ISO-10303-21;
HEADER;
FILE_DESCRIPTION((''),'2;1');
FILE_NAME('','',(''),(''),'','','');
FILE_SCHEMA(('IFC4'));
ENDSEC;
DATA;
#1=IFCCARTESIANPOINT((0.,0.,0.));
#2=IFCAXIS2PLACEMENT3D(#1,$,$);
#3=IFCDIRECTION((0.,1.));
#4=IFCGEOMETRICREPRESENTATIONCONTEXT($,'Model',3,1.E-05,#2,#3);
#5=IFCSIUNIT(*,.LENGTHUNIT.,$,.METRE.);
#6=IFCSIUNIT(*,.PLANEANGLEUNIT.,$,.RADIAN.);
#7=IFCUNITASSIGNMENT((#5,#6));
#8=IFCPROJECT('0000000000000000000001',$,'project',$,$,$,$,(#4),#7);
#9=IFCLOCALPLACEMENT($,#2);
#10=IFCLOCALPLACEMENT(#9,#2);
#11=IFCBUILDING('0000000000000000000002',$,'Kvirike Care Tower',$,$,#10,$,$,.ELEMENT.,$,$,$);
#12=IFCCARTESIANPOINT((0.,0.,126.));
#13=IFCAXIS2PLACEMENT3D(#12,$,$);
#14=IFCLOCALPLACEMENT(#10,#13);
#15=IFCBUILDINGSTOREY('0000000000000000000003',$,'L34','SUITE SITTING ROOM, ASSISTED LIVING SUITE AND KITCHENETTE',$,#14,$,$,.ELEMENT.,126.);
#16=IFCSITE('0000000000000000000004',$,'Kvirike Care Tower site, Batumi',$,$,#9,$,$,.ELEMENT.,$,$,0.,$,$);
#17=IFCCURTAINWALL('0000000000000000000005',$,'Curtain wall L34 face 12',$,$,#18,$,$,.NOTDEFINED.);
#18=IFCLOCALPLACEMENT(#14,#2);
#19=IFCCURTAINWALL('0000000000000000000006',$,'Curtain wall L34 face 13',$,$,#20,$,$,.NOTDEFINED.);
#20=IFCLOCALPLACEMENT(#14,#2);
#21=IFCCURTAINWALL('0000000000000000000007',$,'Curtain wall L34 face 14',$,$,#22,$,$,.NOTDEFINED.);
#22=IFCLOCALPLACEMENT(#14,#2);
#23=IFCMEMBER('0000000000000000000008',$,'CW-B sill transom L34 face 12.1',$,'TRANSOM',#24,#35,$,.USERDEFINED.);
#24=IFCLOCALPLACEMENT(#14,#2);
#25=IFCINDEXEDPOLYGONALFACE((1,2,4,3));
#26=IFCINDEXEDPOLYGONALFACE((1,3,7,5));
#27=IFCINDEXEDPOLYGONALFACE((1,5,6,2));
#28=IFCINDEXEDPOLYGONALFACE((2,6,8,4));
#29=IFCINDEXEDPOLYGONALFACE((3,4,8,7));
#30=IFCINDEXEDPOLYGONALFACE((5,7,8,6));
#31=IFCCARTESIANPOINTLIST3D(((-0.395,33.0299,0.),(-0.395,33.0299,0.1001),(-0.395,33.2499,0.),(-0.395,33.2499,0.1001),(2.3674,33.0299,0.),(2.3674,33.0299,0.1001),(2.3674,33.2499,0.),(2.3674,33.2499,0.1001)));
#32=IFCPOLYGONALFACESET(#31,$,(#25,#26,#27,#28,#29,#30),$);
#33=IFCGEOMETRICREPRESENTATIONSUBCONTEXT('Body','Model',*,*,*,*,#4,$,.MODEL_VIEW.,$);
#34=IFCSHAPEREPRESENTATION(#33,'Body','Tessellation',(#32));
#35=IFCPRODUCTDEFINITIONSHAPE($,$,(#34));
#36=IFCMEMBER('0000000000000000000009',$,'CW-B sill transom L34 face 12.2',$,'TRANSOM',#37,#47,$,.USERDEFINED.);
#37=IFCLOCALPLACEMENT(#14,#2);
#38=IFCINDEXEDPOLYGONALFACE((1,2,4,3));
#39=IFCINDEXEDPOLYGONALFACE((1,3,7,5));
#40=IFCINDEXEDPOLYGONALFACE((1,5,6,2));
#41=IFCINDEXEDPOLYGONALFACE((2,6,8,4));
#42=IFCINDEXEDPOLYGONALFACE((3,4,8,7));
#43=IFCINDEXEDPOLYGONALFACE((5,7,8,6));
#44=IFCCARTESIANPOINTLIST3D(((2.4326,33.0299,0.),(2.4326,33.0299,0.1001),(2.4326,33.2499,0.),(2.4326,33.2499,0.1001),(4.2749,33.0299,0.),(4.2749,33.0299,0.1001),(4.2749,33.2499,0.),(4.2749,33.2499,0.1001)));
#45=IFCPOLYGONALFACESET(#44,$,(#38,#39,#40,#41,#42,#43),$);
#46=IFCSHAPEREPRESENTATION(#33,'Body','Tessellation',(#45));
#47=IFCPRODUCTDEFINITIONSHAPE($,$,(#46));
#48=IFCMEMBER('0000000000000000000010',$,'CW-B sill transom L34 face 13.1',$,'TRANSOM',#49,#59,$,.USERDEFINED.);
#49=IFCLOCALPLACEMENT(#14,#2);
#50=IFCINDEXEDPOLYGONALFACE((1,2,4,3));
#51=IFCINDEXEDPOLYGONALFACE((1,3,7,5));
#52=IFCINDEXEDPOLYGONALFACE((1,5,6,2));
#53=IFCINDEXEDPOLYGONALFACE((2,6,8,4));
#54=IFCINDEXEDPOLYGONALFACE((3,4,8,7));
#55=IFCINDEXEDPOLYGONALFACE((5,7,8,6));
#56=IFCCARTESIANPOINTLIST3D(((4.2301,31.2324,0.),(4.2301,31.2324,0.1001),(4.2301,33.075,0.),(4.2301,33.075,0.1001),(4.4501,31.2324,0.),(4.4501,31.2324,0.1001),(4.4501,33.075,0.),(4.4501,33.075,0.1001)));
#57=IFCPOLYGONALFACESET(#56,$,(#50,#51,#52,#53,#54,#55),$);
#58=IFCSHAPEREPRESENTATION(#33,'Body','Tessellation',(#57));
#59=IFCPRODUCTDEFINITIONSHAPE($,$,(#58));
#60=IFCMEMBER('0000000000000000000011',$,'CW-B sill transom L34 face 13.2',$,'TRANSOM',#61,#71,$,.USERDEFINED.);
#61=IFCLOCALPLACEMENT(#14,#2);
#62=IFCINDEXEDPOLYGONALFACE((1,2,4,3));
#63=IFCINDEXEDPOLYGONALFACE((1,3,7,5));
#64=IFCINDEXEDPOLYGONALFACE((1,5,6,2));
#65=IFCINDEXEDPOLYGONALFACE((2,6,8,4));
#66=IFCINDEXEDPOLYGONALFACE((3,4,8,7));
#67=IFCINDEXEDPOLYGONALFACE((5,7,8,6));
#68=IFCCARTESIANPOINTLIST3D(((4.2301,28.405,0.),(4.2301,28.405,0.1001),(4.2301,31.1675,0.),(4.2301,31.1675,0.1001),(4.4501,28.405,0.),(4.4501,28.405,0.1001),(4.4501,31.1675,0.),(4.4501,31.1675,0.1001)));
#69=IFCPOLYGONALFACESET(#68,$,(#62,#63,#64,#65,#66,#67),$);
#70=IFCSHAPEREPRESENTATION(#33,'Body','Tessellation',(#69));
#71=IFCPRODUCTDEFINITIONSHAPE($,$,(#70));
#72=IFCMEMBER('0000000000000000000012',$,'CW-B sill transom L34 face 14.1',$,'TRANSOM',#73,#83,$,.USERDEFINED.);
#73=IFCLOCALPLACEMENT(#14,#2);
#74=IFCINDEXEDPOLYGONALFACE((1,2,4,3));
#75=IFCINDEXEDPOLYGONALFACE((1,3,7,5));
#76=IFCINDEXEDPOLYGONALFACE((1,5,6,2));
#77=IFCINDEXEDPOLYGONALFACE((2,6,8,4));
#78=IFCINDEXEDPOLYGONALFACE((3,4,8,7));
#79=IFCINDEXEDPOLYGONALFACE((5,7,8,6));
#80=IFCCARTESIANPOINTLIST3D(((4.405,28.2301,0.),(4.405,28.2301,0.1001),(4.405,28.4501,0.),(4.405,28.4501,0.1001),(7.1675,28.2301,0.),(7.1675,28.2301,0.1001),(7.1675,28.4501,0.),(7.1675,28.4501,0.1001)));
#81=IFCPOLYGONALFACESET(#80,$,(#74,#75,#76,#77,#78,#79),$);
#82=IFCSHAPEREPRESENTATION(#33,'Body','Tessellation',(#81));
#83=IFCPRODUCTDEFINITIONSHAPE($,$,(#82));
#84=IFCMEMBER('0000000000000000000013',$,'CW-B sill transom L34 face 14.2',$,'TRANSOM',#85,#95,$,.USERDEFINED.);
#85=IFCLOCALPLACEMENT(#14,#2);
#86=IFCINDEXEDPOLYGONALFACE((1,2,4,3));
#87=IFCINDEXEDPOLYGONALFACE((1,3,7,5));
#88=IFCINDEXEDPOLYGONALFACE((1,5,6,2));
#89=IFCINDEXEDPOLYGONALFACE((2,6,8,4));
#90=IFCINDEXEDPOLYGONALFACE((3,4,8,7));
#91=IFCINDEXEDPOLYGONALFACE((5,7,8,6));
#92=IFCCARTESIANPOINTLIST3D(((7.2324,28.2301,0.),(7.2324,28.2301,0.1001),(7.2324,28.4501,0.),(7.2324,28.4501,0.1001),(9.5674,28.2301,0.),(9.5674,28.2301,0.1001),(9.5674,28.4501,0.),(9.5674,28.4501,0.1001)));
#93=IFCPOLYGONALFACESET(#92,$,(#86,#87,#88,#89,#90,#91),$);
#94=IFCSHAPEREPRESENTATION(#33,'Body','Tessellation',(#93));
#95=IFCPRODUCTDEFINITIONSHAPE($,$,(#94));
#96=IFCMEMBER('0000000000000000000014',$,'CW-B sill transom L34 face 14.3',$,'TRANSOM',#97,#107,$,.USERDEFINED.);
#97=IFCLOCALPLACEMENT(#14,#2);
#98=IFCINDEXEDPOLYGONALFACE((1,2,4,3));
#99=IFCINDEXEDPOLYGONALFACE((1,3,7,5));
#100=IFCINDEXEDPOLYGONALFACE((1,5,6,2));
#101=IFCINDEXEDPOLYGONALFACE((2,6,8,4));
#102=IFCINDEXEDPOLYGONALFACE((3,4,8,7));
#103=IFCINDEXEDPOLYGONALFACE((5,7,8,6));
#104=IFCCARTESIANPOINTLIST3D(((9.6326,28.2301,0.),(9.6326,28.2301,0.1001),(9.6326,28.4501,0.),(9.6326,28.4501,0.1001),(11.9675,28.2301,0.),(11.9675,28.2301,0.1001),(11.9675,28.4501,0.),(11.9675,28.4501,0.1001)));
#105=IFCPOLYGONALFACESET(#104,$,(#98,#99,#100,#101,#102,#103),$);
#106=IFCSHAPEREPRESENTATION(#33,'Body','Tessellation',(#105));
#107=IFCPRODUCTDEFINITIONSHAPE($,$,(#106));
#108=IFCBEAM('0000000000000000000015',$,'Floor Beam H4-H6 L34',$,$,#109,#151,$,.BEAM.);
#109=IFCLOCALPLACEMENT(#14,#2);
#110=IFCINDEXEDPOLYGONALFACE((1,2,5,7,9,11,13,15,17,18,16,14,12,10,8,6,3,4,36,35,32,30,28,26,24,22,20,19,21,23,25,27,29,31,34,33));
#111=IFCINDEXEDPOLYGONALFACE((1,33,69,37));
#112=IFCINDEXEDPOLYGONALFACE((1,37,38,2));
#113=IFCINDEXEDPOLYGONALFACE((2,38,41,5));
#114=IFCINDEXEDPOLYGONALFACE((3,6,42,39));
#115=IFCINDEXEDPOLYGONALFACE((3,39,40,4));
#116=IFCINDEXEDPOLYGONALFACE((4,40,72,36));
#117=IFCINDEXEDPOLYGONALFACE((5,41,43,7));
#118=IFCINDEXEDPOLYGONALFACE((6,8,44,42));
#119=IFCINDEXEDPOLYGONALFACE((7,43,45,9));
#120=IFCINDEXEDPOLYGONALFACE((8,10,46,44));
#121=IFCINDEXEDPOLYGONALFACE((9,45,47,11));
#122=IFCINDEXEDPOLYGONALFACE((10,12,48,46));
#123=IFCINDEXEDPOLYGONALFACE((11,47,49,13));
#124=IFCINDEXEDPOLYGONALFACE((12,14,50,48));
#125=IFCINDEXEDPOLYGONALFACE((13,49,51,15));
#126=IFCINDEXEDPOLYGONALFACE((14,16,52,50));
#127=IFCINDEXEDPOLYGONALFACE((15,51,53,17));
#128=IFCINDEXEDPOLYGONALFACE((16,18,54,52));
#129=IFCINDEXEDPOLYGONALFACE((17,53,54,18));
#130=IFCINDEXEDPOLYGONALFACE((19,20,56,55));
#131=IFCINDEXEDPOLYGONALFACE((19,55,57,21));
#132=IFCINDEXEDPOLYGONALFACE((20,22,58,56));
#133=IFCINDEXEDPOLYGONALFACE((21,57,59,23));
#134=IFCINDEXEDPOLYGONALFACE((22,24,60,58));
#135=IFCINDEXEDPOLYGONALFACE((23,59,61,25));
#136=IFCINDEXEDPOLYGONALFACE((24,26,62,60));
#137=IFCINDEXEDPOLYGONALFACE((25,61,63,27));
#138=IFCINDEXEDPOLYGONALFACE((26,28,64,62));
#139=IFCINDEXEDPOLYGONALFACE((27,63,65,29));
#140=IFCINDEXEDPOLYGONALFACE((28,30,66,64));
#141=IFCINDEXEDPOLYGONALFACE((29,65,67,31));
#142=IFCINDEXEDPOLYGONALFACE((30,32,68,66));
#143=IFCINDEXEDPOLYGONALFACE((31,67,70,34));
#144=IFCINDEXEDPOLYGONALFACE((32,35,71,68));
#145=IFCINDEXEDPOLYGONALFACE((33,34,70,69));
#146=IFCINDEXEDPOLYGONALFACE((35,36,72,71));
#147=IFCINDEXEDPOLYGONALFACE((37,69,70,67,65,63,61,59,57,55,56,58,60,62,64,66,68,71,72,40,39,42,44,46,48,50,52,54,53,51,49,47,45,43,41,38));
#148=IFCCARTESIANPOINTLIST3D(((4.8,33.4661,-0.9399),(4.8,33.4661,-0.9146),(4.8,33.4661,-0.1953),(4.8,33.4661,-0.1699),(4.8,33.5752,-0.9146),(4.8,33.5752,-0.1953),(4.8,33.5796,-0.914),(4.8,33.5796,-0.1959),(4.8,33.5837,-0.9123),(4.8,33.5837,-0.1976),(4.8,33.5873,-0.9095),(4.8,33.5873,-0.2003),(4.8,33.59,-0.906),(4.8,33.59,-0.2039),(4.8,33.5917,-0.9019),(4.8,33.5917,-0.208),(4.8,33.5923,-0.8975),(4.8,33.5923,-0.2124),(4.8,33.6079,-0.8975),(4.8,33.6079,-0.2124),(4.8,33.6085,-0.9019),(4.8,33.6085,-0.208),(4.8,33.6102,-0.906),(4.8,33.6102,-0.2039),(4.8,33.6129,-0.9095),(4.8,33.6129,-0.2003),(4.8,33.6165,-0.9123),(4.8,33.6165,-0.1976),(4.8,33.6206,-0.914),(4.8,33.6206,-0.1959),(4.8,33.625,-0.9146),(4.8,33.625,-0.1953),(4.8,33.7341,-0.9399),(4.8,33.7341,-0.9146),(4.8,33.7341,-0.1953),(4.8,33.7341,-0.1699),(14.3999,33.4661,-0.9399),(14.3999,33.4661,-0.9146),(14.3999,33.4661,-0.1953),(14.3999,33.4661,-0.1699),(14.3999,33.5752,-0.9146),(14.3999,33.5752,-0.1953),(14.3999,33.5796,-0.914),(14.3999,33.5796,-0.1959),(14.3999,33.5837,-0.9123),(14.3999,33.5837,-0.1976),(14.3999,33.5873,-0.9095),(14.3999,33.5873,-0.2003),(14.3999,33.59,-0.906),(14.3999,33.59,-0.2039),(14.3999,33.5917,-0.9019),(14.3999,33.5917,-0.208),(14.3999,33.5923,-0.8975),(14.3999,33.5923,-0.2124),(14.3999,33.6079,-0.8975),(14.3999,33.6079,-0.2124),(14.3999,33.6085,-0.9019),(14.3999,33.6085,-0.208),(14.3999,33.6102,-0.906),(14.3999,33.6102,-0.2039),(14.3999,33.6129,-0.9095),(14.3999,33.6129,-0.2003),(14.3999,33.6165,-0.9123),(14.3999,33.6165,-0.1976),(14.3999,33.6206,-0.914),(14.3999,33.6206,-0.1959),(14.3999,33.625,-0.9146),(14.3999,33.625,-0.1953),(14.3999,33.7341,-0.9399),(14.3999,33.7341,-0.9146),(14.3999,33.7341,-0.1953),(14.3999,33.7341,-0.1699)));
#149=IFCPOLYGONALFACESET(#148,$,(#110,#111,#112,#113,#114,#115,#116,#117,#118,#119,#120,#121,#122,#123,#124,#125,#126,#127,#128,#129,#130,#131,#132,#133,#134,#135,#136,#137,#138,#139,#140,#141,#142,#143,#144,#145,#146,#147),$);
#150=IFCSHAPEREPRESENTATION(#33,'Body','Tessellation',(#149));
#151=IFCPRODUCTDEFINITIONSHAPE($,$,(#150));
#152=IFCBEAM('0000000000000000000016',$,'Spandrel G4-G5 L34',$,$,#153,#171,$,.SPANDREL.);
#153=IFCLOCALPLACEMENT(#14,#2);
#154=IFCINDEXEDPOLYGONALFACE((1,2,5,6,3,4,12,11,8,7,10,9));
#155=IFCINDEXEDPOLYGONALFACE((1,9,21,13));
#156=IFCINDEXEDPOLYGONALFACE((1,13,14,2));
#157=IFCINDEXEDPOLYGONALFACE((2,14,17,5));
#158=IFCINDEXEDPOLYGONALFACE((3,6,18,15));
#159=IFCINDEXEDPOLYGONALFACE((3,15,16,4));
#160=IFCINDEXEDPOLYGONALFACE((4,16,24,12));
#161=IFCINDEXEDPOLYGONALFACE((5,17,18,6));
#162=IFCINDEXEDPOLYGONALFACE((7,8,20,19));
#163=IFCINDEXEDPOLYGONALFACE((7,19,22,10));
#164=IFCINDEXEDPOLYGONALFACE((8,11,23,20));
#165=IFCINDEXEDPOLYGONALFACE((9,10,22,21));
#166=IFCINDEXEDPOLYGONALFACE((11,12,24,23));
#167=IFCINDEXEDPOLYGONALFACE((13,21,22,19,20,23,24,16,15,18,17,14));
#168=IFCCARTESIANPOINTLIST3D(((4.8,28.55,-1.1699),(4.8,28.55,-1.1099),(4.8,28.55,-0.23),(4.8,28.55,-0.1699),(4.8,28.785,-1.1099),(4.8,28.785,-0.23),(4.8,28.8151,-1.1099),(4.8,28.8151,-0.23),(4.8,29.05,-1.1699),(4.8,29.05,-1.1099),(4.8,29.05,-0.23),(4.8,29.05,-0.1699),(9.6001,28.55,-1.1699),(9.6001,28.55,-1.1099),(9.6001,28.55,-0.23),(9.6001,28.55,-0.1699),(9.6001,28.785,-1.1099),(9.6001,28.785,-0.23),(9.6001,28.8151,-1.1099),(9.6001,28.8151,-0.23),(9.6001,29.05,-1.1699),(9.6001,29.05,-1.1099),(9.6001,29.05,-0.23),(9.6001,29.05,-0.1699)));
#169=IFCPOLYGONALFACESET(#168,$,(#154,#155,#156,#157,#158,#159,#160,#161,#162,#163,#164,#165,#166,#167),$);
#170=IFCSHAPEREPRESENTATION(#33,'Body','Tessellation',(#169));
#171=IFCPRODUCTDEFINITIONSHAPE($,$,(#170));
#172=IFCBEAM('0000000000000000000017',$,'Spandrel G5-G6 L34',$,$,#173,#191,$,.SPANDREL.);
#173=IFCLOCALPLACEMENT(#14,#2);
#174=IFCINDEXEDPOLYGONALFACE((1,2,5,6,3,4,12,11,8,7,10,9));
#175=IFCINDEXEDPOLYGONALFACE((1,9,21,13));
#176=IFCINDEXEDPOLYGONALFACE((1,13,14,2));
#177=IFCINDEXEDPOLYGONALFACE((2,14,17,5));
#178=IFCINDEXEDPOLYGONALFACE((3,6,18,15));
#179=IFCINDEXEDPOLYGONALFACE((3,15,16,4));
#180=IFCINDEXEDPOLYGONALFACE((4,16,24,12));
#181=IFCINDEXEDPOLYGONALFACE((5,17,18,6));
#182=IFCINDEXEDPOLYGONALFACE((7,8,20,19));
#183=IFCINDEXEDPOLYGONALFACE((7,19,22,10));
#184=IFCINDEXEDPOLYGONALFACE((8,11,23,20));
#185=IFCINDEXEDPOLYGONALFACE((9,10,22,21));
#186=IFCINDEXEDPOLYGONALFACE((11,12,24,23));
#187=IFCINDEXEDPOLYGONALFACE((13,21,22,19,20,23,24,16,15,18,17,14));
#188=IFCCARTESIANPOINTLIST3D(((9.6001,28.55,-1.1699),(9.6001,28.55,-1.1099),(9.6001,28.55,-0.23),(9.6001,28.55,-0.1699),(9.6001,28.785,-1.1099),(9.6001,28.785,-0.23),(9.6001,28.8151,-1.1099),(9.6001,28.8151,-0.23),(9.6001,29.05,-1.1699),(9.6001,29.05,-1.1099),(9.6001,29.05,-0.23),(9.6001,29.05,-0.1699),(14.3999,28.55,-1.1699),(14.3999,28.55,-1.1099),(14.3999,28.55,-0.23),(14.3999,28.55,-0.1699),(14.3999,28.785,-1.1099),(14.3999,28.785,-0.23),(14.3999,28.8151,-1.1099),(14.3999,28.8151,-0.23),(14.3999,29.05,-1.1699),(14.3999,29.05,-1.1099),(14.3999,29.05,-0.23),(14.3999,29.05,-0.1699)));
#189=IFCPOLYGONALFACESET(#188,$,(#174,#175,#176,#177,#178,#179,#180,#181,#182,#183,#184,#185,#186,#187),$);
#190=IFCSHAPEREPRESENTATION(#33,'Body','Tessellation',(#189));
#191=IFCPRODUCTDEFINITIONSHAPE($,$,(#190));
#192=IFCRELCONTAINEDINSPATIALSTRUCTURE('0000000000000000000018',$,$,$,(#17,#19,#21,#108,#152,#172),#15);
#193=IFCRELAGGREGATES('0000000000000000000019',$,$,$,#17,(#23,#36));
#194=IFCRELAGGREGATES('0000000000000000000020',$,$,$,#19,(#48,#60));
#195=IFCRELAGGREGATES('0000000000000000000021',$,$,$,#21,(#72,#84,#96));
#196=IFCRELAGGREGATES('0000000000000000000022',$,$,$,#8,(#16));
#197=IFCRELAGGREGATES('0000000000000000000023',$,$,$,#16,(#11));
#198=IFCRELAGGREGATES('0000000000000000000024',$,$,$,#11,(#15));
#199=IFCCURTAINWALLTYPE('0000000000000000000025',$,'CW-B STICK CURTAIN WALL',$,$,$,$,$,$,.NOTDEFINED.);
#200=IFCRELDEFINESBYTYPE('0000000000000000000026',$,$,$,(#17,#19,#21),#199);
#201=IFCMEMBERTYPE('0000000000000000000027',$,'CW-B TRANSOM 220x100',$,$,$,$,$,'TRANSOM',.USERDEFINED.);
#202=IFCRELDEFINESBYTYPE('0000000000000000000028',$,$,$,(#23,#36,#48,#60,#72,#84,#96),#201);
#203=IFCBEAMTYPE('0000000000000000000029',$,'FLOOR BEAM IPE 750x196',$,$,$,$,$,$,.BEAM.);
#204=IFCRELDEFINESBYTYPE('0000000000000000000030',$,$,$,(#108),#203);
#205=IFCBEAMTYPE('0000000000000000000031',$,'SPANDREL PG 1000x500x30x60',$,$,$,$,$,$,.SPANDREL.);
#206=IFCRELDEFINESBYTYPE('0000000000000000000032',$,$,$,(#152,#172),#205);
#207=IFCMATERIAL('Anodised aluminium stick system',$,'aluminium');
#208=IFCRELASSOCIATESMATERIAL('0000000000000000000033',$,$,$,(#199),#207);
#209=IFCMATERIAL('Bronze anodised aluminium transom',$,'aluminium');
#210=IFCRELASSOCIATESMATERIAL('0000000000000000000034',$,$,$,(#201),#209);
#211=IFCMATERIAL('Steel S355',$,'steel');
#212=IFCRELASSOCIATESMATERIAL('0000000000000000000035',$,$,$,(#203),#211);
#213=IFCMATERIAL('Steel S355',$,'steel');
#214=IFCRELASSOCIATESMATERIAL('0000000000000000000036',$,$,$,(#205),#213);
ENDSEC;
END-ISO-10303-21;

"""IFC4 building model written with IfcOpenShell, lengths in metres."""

from ifc_helpers import new_model, si_unit, direction, frame, origin, origin_2d, place, context, subcontext, project, spatial, rectangle, i_section, extrude, material, material_profile, profile_set, type_object, element, aggregate, save


model = new_model("IFC4")

# Units and contexts
model_context = context("Model", 3, precision=1e-05, world=origin(), true_north=direction((0.0, 1.0)))
body_context = subcontext(model_context, "Body", "Model", "MODEL_VIEW")
ifc_project = project(units=[si_unit("LENGTHUNIT", "METRE"), si_unit("PLANEANGLEUNIT", "RADIAN")], contexts=[model_context])

# Site, building, storey
site_placement = place(None, origin())
site = spatial("IfcSite", under=ifc_project, at=site_placement, Name="Kvirike Care Tower site, Batumi", CompositionType="ELEMENT", RefElevation=0.0)
building_placement = place(site_placement, origin())
building = spatial("IfcBuilding", under=site, at=building_placement, Name="Kvirike Care Tower", CompositionType="ELEMENT")
storey_placement = place(building_placement, frame((0.0, 0.0, 126.0)))
storey = spatial("IfcBuildingStorey", under=building, at=storey_placement, Name="L34", Description="SUITE SITTING ROOM, ASSISTED LIVING SUITE AND KITCHENETTE", CompositionType="ELEMENT", Elevation=126.0)

# Shared definitions
ifc_material_1 = material(Name="Anodised aluminium stick system", Category="aluminium")
curtain_wall_type = type_object("IfcCurtainWallType", Name="CW-B STICK CURTAIN WALL", PredefinedType="NOTDEFINED", material=ifc_material_1)

# Curtain walls
curtain_wall_1_placement = place(storey_placement, origin())
curtain_wall_1 = element("IfcCurtainWall", 1, at=curtain_wall_1_placement, inside=storey, type_object=curtain_wall_type, Name="Curtain wall L34 face 12", PredefinedType="NOTDEFINED")
curtain_wall_2_placement = place(storey_placement, origin())
curtain_wall_2 = element("IfcCurtainWall", 2, at=curtain_wall_2_placement, inside=storey, type_object=curtain_wall_type, Name="Curtain wall L34 face 13", PredefinedType="NOTDEFINED")
curtain_wall_3_placement = place(storey_placement, origin())
curtain_wall_3 = element("IfcCurtainWall", 3, at=curtain_wall_3_placement, inside=storey, type_object=curtain_wall_type, Name="Curtain wall L34 face 14", PredefinedType="NOTDEFINED")

# Members
ifc_material_2 = material(Name="Bronze anodised aluminium transom", Category="aluminium")
ifc_material_profile_1 = material_profile(ifc_material_2, rectangle(XDim=0.22, YDim=0.1001, at=origin_2d()), Name="CW-B TRANSOM 220x100")
ifc_profile_set_1 = profile_set([ifc_material_profile_1], Name="Bronze anodised aluminium transom")
member_type_1 = type_object("IfcMemberType", Name="CW-B TRANSOM 220x100", ElementType="TRANSOM", PredefinedType="USERDEFINED", material=ifc_profile_set_1)
member_1_placement = place(storey_placement, frame((-0.395, 33.1399, 0.05), z_axis=(1.0, 0.0, 0.0), x_axis=(0.0, 1.0, 0.0)))
member_1 = element("IfcMember", 4, at=member_1_placement, type_object=member_type_1, Name="CW-B sill transom L34 face 12.1", ObjectType="TRANSOM", PredefinedType="USERDEFINED", context=body_context, shape_type="SweptSolid", body=[
    extrude(rectangle(XDim=0.22, YDim=0.1001, at=origin_2d()), origin(), (0.0, 0.0, 1.0), 2.7625),
])
member_2_placement = place(storey_placement, frame((2.4326, 33.1399, 0.05), z_axis=(1.0, 0.0, 0.0), x_axis=(0.0, 1.0, 0.0)))
member_2 = element("IfcMember", 5, at=member_2_placement, type_object=member_type_1, Name="CW-B sill transom L34 face 12.2", ObjectType="TRANSOM", PredefinedType="USERDEFINED", context=body_context, shape_type="SweptSolid", body=[
    extrude(rectangle(XDim=0.22, YDim=0.1001, at=origin_2d()), origin(), (0.0, 0.0, 1.0), 1.8423),
])
member_3_placement = place(storey_placement, frame((4.3401, 33.075, 0.05), z_axis=(0.0, -1.0, 0.0), x_axis=(1.0, 0.0, 0.0)))
member_3 = element("IfcMember", 6, at=member_3_placement, type_object=member_type_1, Name="CW-B sill transom L34 face 13.1", ObjectType="TRANSOM", PredefinedType="USERDEFINED", context=body_context, shape_type="SweptSolid", body=[
    extrude(rectangle(XDim=0.22, YDim=0.1001, at=origin_2d()), origin(), (0.0, 0.0, 1.0), 1.8425),
])
member_4_placement = place(storey_placement, frame((4.3401, 31.1675, 0.05), z_axis=(0.0, -1.0, 0.0), x_axis=(1.0, 0.0, 0.0)))
member_4 = element("IfcMember", 7, at=member_4_placement, type_object=member_type_1, Name="CW-B sill transom L34 face 13.2", ObjectType="TRANSOM", PredefinedType="USERDEFINED", context=body_context, shape_type="SweptSolid", body=[
    extrude(rectangle(XDim=0.22, YDim=0.1001, at=origin_2d()), origin(), (0.0, 0.0, 1.0), 2.7625),
])
member_5_placement = place(storey_placement, frame((4.405, 28.3401, 0.05), z_axis=(1.0, 0.0, 0.0), x_axis=(0.0, 1.0, 0.0)))
member_5 = element("IfcMember", 8, at=member_5_placement, type_object=member_type_1, Name="CW-B sill transom L34 face 14.1", ObjectType="TRANSOM", PredefinedType="USERDEFINED", context=body_context, shape_type="SweptSolid", body=[
    extrude(rectangle(XDim=0.22, YDim=0.1001, at=origin_2d()), origin(), (0.0, 0.0, 1.0), 2.7625),
])
member_6_placement = place(storey_placement, frame((7.2324, 28.3401, 0.05), z_axis=(1.0, 0.0, 0.0), x_axis=(0.0, 1.0, 0.0)))
member_6 = element("IfcMember", 9, at=member_6_placement, type_object=member_type_1, Name="CW-B sill transom L34 face 14.2", ObjectType="TRANSOM", PredefinedType="USERDEFINED", context=body_context, shape_type="SweptSolid", body=[
    extrude(rectangle(XDim=0.22, YDim=0.1001, at=origin_2d()), origin(), (0.0, 0.0, 1.0), 2.335),
])
member_7_placement = place(storey_placement, frame((9.6326, 28.3401, 0.05), z_axis=(1.0, 0.0, 0.0), x_axis=(0.0, 1.0, 0.0)))
member_7 = element("IfcMember", 10, at=member_7_placement, type_object=member_type_1, Name="CW-B sill transom L34 face 14.3", ObjectType="TRANSOM", PredefinedType="USERDEFINED", context=body_context, shape_type="SweptSolid", body=[
    extrude(rectangle(XDim=0.22, YDim=0.1001, at=origin_2d()), origin(), (0.0, 0.0, 1.0), 2.335),
])

# Beams
ifc_material_3 = material(Name="Steel S355", Category="steel")
ifc_material_profile_2 = material_profile(ifc_material_3, i_section(OverallWidth=0.2681, OverallDepth=0.77, WebThickness=0.0156, FlangeThickness=0.0254, FilletRadius=0.0171, at=origin_2d()), Name="IPE 750x196")
ifc_profile_set_2 = profile_set([ifc_material_profile_2], Name="Steel S355")
beam_type_1 = type_object("IfcBeamType", Name="FLOOR BEAM IPE 750x196", PredefinedType="BEAM", material=ifc_profile_set_2)
beam_1_placement = place(storey_placement, frame((4.8, 33.6001, -0.5549), z_axis=(1.0, 0.0, 0.0), x_axis=(0.0, 1.0, 0.0)))
element("IfcBeam", 11, at=beam_1_placement, inside=storey, type_object=beam_type_1, Name="Floor Beam H4-H6 L34", PredefinedType="BEAM", context=body_context, shape_type="SweptSolid", body=[
    extrude(i_section(OverallWidth=0.2681, OverallDepth=0.77, WebThickness=0.0156, FlangeThickness=0.0254, FilletRadius=0.0171, at=origin_2d()), origin(), (0.0, 0.0, 1.0), 9.5999),
])
ifc_material_4 = material(Name="Steel S355", Category="steel")
ifc_material_profile_3 = material_profile(ifc_material_4, i_section(OverallWidth=0.5, OverallDepth=1.0, WebThickness=0.03, FlangeThickness=0.0601, at=origin_2d()), Name="PG 1000x500x30x60")
ifc_profile_set_3 = profile_set([ifc_material_profile_3], Name="Steel S355")
beam_type_2 = type_object("IfcBeamType", Name="SPANDREL PG 1000x500x30x60", PredefinedType="SPANDREL", material=ifc_profile_set_3)
beam_2_placement = place(storey_placement, frame((4.8, 28.8, -0.6699), z_axis=(1.0, 0.0, 0.0), x_axis=(0.0, 1.0, 0.0)))
element("IfcBeam", 12, at=beam_2_placement, inside=storey, type_object=beam_type_2, Name="Spandrel G4-G5 L34", PredefinedType="SPANDREL", context=body_context, shape_type="SweptSolid", body=[
    extrude(i_section(OverallWidth=0.5, OverallDepth=1.0, WebThickness=0.03, FlangeThickness=0.0601, at=origin_2d()), origin(), (0.0, 0.0, 1.0), 4.8),
])
beam_3_placement = place(storey_placement, frame((9.6001, 28.8, -0.6699), z_axis=(1.0, 0.0, 0.0), x_axis=(0.0, 1.0, 0.0)))
element("IfcBeam", 13, at=beam_3_placement, inside=storey, type_object=beam_type_2, Name="Spandrel G5-G6 L34", PredefinedType="SPANDREL", context=body_context, shape_type="SweptSolid", body=[
    extrude(i_section(OverallWidth=0.5, OverallDepth=1.0, WebThickness=0.03, FlangeThickness=0.0601, at=origin_2d()), origin(), (0.0, 0.0, 1.0), 4.7998),
])

aggregate(curtain_wall_1, [member_1, member_2])
aggregate(curtain_wall_2, [member_3, member_4])
aggregate(curtain_wall_3, [member_5, member_6, member_7])

save(model, "model.ifc")
